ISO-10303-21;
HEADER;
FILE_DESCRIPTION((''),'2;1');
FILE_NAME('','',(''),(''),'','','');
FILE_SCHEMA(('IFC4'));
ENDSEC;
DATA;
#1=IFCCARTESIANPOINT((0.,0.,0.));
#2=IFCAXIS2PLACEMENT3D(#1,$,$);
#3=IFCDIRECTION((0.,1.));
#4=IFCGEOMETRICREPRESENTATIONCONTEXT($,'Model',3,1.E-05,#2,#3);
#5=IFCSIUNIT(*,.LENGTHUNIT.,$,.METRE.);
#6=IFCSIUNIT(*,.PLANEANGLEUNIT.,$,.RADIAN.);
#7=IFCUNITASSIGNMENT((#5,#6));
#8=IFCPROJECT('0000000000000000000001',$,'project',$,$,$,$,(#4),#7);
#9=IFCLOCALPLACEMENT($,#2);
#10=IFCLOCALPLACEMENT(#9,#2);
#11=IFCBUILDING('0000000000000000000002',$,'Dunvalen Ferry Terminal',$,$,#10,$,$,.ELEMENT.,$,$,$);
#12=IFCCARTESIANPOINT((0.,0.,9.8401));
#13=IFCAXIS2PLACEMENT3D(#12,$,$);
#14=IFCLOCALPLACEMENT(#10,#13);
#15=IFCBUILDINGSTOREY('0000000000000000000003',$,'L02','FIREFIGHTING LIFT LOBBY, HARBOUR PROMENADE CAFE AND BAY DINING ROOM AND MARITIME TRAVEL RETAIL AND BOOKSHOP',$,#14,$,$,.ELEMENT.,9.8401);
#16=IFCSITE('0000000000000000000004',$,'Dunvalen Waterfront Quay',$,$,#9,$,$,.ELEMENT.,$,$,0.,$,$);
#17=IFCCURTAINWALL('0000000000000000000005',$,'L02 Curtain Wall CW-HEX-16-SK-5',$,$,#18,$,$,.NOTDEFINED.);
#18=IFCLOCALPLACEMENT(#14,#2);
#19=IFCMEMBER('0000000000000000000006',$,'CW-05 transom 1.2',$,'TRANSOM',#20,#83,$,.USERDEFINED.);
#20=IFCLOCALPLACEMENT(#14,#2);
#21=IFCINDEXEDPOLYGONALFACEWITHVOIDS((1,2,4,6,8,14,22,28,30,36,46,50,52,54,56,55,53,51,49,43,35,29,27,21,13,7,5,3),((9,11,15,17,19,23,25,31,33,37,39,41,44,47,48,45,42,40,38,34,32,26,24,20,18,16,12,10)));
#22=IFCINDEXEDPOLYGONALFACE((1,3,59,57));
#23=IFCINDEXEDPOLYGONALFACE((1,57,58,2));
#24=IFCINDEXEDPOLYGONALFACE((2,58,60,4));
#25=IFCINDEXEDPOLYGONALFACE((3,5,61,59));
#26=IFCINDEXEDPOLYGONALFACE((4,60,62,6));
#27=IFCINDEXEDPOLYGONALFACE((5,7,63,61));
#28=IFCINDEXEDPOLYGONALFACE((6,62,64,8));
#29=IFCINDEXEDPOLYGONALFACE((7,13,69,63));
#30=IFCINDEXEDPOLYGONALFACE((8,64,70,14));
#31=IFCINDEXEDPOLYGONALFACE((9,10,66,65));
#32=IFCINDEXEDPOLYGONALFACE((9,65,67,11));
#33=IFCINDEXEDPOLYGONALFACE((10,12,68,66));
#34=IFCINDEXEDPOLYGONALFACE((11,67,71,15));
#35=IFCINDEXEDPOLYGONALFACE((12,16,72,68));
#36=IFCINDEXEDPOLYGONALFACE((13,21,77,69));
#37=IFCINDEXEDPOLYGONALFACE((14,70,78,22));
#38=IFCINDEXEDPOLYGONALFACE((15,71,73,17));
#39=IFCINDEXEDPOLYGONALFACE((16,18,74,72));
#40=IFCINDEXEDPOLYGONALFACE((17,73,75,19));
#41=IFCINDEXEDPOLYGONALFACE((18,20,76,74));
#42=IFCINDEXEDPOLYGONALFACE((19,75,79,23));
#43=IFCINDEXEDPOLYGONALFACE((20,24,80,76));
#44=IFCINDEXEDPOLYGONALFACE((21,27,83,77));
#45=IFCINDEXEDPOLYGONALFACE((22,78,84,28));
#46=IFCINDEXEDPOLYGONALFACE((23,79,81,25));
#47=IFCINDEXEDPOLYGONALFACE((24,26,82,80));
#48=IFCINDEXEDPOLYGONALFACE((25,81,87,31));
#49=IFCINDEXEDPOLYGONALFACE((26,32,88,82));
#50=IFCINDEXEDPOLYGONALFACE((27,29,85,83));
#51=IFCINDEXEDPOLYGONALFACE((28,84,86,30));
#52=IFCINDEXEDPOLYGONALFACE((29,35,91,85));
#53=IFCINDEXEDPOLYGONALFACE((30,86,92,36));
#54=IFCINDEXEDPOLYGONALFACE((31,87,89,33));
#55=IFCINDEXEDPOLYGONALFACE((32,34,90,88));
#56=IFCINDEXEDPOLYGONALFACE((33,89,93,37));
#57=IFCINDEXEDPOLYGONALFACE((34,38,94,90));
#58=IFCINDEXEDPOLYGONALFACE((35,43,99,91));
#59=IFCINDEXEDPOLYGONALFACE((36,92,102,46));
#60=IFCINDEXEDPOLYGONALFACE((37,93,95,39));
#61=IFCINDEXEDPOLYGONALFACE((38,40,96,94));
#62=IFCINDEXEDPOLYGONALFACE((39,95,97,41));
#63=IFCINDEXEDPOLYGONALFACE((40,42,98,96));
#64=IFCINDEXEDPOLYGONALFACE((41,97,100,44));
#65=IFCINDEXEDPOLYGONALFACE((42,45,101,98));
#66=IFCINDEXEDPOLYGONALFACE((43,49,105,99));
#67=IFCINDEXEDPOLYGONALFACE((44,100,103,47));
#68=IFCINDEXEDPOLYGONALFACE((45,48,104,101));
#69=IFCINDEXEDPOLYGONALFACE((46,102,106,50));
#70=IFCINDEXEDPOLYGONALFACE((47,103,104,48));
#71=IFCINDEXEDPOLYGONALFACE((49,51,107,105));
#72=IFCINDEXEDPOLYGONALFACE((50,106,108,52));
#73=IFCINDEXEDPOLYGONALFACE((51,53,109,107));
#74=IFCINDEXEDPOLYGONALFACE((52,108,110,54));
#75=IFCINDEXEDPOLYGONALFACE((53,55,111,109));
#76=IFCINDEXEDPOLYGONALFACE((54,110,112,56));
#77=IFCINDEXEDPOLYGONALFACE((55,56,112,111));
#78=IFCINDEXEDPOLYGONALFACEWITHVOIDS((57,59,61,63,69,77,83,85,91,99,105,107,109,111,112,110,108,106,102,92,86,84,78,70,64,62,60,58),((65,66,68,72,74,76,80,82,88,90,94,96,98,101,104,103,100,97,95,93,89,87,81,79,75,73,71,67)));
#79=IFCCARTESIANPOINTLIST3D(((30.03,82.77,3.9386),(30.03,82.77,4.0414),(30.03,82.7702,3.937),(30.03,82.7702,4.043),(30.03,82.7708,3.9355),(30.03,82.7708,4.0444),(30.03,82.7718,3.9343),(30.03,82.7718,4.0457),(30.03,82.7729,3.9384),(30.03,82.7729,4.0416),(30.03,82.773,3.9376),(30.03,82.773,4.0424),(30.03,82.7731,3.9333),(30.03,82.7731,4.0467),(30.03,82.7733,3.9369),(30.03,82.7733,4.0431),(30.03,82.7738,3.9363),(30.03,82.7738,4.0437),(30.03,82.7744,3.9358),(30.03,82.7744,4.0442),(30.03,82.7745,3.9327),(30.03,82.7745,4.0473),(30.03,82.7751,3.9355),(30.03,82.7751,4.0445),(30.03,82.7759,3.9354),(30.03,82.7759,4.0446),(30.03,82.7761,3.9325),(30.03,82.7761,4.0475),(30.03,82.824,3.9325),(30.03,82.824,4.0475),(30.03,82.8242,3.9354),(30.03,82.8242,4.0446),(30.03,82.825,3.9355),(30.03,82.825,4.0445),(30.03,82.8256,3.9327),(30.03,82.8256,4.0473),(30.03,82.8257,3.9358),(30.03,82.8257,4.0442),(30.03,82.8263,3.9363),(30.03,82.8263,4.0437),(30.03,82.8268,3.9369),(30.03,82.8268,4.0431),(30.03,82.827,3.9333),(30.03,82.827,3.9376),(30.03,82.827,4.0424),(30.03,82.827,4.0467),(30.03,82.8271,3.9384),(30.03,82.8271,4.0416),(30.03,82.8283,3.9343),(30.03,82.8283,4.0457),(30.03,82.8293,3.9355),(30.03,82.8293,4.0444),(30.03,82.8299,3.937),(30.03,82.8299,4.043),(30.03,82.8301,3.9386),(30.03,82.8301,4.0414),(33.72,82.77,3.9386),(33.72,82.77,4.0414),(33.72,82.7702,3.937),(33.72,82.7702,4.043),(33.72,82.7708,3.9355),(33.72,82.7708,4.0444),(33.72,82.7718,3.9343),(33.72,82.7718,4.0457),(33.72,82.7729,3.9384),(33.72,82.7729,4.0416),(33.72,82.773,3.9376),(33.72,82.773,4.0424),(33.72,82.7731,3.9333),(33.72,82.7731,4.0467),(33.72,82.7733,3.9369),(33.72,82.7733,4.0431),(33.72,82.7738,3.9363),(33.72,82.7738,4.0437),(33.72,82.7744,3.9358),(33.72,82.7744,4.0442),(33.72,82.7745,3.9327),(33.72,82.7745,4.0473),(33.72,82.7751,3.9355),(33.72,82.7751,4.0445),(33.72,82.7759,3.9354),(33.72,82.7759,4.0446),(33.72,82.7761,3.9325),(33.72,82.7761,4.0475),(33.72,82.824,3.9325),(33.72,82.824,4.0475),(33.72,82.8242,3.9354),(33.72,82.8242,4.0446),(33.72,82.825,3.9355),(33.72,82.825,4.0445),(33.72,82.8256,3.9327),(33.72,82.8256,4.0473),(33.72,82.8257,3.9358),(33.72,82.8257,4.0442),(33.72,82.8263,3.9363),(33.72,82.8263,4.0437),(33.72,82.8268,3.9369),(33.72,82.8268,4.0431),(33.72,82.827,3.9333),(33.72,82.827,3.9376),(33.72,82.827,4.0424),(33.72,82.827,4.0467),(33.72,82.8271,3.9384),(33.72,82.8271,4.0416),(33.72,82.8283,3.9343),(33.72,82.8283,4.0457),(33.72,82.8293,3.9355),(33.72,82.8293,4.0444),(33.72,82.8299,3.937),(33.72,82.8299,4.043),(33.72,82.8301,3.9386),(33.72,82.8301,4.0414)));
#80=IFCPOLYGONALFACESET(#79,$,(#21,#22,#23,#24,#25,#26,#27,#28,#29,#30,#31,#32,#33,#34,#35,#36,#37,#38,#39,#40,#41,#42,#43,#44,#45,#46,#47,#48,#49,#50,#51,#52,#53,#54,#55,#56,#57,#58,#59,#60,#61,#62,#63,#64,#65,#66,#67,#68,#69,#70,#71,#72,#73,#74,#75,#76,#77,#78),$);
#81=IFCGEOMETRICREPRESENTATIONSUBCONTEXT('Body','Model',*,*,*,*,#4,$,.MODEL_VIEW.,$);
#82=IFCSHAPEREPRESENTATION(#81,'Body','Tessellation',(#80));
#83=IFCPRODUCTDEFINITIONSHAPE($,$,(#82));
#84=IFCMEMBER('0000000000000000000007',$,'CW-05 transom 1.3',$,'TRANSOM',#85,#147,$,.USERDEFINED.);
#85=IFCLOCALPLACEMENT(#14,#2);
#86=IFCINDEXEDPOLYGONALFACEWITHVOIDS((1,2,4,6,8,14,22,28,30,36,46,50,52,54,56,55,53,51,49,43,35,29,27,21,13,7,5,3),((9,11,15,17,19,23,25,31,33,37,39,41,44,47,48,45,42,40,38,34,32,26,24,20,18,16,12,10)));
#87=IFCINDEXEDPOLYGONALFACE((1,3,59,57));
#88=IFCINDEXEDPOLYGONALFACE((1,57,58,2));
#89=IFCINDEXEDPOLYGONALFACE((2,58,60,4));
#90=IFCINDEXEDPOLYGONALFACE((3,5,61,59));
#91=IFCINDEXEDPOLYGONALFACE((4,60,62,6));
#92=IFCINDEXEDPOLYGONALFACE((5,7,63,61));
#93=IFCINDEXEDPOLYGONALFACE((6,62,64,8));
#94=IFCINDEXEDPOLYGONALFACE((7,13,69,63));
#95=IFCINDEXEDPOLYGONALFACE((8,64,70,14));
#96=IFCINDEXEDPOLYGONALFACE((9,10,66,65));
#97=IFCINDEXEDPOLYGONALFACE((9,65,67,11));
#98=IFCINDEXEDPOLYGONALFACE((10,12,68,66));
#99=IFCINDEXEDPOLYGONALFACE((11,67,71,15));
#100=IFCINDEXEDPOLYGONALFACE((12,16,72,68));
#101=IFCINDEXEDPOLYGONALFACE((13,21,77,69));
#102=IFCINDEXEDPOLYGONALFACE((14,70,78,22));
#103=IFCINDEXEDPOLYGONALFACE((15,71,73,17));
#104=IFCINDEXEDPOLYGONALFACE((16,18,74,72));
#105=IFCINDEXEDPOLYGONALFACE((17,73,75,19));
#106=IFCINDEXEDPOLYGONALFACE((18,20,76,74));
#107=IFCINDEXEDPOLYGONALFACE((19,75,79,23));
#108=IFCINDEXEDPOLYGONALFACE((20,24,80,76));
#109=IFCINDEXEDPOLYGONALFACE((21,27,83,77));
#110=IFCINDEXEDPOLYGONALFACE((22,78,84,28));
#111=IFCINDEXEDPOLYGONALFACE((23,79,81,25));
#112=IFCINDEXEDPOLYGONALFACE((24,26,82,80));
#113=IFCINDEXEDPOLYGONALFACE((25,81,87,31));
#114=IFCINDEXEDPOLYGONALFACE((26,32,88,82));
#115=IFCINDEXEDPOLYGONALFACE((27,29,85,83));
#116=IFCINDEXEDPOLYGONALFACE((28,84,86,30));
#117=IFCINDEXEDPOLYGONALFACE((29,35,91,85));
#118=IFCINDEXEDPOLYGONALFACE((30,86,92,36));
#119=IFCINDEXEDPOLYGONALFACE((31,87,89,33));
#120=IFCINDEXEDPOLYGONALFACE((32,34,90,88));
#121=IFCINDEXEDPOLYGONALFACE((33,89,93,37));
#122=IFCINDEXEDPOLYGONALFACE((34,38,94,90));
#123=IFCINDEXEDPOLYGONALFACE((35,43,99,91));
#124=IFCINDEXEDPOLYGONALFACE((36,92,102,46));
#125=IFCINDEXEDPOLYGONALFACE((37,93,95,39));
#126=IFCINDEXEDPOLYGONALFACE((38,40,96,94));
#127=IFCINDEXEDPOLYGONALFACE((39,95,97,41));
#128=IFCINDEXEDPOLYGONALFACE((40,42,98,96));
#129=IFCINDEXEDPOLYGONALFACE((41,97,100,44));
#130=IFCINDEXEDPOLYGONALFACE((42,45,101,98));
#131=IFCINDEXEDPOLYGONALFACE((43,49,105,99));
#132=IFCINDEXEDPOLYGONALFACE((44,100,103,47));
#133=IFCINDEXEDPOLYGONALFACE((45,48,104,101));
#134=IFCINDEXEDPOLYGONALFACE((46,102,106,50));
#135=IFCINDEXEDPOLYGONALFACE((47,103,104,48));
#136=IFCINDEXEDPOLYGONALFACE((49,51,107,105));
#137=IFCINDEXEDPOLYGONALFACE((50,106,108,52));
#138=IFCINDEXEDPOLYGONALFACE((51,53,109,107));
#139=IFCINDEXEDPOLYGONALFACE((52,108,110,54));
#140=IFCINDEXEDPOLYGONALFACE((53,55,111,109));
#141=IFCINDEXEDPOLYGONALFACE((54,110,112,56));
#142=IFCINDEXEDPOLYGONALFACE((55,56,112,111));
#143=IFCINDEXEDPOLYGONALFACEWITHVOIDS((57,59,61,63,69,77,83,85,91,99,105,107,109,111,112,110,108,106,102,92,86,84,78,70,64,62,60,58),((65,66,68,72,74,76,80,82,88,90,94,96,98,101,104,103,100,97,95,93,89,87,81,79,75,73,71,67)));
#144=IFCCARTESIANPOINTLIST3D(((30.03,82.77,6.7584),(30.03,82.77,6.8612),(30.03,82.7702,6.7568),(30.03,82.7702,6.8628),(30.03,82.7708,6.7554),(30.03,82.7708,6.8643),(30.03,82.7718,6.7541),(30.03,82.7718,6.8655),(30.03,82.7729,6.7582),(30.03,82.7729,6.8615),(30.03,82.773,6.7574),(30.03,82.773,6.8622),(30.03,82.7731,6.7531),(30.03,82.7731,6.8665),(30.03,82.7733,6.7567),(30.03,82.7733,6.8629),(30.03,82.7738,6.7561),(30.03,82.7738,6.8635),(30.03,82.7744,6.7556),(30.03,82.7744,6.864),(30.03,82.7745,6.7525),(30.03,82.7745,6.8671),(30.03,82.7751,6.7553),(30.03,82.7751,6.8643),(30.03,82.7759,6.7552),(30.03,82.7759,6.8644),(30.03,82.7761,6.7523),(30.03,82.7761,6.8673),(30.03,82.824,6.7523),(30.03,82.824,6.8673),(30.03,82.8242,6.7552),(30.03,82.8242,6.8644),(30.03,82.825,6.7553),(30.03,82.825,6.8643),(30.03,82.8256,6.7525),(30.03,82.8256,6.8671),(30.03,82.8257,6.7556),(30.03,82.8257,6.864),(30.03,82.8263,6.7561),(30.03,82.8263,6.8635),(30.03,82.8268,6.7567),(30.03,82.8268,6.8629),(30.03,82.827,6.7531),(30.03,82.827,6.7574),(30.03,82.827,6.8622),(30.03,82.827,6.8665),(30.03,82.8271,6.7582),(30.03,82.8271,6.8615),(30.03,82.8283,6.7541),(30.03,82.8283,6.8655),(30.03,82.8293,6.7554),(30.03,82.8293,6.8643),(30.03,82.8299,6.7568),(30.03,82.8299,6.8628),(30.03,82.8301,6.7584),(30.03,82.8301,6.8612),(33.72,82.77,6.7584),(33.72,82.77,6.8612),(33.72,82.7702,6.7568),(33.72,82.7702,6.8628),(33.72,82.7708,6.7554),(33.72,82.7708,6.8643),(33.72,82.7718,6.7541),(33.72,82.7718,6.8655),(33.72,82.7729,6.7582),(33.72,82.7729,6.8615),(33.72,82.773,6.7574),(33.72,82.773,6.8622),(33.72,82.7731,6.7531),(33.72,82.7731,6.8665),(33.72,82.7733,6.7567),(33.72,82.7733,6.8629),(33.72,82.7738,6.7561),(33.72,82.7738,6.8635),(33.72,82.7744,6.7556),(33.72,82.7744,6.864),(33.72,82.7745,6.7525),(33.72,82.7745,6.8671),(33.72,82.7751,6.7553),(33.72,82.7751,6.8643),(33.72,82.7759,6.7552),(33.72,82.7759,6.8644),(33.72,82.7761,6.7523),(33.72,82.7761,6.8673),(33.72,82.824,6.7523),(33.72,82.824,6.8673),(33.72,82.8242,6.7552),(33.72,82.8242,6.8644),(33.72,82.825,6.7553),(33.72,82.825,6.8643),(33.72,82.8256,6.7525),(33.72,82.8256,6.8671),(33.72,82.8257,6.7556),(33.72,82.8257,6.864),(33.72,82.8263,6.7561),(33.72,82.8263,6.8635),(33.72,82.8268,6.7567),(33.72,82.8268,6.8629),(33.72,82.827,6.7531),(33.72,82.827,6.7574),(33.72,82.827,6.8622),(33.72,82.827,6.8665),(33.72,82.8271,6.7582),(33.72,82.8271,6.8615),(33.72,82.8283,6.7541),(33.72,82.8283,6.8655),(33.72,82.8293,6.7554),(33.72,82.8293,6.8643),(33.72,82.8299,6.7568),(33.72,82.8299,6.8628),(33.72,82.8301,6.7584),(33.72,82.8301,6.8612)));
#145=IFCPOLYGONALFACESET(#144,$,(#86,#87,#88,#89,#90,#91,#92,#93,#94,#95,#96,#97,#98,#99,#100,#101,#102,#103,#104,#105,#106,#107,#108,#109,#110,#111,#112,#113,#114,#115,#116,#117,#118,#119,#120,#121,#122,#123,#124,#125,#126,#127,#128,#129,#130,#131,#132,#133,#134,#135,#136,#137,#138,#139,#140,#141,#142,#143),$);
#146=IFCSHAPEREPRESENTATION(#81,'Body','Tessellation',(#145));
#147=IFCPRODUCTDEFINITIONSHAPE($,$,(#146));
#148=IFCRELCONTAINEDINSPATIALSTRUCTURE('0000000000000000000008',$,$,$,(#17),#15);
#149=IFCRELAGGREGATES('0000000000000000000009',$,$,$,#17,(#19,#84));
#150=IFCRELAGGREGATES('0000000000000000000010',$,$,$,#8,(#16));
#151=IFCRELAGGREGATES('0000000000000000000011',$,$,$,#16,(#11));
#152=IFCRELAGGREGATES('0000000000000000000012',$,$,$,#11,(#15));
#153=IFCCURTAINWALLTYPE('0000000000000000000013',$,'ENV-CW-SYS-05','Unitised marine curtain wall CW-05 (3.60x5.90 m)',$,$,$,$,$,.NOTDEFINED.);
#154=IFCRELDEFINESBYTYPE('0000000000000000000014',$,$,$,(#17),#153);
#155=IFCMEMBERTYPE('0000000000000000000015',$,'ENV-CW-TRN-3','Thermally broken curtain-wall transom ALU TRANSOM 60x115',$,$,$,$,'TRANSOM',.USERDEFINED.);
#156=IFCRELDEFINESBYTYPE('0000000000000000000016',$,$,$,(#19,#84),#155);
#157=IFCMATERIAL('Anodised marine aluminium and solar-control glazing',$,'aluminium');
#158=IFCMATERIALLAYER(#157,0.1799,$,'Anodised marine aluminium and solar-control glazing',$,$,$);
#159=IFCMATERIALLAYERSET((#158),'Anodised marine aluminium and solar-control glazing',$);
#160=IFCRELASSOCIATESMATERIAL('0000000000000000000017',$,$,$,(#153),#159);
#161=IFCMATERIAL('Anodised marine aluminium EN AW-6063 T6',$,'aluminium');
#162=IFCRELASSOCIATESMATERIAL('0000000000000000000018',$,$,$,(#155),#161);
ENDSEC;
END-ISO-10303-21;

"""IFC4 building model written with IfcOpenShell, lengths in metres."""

from ifc_helpers import new_model, si_unit, direction, frame, origin, origin_2d, place, context, subcontext, project, spatial, hollow_rectangle, extrude, material, layer, layer_set, material_profile, profile_set, type_object, element, aggregate, save


model = new_model("IFC4")

# Units and contexts
model_context = context("Model", 3, precision=1e-05, world=origin(), true_north=direction((0.0, 1.0)))
body_context = subcontext(model_context, "Body", "Model", "MODEL_VIEW")
ifc_project = project(units=[si_unit("LENGTHUNIT", "METRE"), si_unit("PLANEANGLEUNIT", "RADIAN")], contexts=[model_context])

# Site, building, storey
site_placement = place(None, origin())
site = spatial("IfcSite", under=ifc_project, at=site_placement, Name="Dunvalen Waterfront Quay", CompositionType="ELEMENT", RefElevation=0.0)
building_placement = place(site_placement, origin())
building = spatial("IfcBuilding", under=site, at=building_placement, Name="Dunvalen Ferry Terminal", CompositionType="ELEMENT")
storey_placement = place(building_placement, frame((0.0, 0.0, 9.8401)))
storey = spatial("IfcBuildingStorey", under=building, at=storey_placement, Name="L02", Description="FIREFIGHTING LIFT LOBBY, HARBOUR PROMENADE CAFE AND BAY DINING ROOM AND MARITIME TRAVEL RETAIL AND BOOKSHOP", CompositionType="ELEMENT", Elevation=9.8401)

# Curtain wall, members
ifc_material_1 = material(Name="Anodised marine aluminium and solar-control glazing", Category="aluminium")
ifc_layer_1 = layer(ifc_material_1, 0.1799, Name="Anodised marine aluminium and solar-control glazing")
ifc_layer_set_1 = layer_set([ifc_layer_1], Name="Anodised marine aluminium and solar-control glazing")
curtain_wall_type = type_object("IfcCurtainWallType", Name="ENV-CW-SYS-05", Description="Unitised marine curtain wall CW-05 (3.60x5.90 m)", PredefinedType="NOTDEFINED", material=ifc_layer_set_1)
curtain_wall_placement = place(storey_placement, origin())
curtain_wall = element("IfcCurtainWall", 1, at=curtain_wall_placement, inside=storey, type_object=curtain_wall_type, Name="L02 Curtain Wall CW-HEX-16-SK-5", PredefinedType="NOTDEFINED")
ifc_material_2 = material(Name="Anodised marine aluminium EN AW-6063 T6", Category="aluminium")
ifc_material_profile_1 = material_profile(ifc_material_2, hollow_rectangle(XDim=0.0601, YDim=0.115, WallThickness=0.0029, InnerFilletRadius=0.0029, OuterFilletRadius=0.0061, at=origin_2d()), Name="Anodised marine aluminium EN AW-6063 T6")
ifc_profile_set_1 = profile_set([ifc_material_profile_1], Name="Anodised marine aluminium EN AW-6063 T6")
member_type_1 = type_object("IfcMemberType", Name="ENV-CW-TRN-3", Description="Thermally broken curtain-wall transom ALU TRANSOM 60x115", ElementType="TRANSOM", PredefinedType="USERDEFINED", material=ifc_profile_set_1)
member_1_placement = place(storey_placement, frame((33.72, 82.8, 3.99), z_axis=(-1.0, 0.0, 0.0), x_axis=(0.0, -1.0, 0.0)))
member_1 = element("IfcMember", 2, at=member_1_placement, type_object=member_type_1, Name="CW-05 transom 1.2", ObjectType="TRANSOM", PredefinedType="USERDEFINED", context=body_context, shape_type="SweptSolid", body=[
    extrude(hollow_rectangle(XDim=0.0601, YDim=0.115, WallThickness=0.0029, InnerFilletRadius=0.0029, OuterFilletRadius=0.0061, at=origin_2d()), origin(), (0.0, 0.0, 1.0), 3.6899),
])
member_2_placement = place(storey_placement, frame((33.72, 82.8, 6.8098), z_axis=(-1.0, 0.0, 0.0), x_axis=(0.0, -1.0, 0.0)))
member_2 = element("IfcMember", 3, at=member_2_placement, type_object=member_type_1, Name="CW-05 transom 1.3", ObjectType="TRANSOM", PredefinedType="USERDEFINED", context=body_context, shape_type="SweptSolid", body=[
    extrude(hollow_rectangle(XDim=0.0601, YDim=0.115, WallThickness=0.0029, InnerFilletRadius=0.0029, OuterFilletRadius=0.0061, at=origin_2d()), origin(), (0.0, 0.0, 1.0), 3.6899),
])

aggregate(curtain_wall, [member_1, member_2])

save(model, "model.ifc")
